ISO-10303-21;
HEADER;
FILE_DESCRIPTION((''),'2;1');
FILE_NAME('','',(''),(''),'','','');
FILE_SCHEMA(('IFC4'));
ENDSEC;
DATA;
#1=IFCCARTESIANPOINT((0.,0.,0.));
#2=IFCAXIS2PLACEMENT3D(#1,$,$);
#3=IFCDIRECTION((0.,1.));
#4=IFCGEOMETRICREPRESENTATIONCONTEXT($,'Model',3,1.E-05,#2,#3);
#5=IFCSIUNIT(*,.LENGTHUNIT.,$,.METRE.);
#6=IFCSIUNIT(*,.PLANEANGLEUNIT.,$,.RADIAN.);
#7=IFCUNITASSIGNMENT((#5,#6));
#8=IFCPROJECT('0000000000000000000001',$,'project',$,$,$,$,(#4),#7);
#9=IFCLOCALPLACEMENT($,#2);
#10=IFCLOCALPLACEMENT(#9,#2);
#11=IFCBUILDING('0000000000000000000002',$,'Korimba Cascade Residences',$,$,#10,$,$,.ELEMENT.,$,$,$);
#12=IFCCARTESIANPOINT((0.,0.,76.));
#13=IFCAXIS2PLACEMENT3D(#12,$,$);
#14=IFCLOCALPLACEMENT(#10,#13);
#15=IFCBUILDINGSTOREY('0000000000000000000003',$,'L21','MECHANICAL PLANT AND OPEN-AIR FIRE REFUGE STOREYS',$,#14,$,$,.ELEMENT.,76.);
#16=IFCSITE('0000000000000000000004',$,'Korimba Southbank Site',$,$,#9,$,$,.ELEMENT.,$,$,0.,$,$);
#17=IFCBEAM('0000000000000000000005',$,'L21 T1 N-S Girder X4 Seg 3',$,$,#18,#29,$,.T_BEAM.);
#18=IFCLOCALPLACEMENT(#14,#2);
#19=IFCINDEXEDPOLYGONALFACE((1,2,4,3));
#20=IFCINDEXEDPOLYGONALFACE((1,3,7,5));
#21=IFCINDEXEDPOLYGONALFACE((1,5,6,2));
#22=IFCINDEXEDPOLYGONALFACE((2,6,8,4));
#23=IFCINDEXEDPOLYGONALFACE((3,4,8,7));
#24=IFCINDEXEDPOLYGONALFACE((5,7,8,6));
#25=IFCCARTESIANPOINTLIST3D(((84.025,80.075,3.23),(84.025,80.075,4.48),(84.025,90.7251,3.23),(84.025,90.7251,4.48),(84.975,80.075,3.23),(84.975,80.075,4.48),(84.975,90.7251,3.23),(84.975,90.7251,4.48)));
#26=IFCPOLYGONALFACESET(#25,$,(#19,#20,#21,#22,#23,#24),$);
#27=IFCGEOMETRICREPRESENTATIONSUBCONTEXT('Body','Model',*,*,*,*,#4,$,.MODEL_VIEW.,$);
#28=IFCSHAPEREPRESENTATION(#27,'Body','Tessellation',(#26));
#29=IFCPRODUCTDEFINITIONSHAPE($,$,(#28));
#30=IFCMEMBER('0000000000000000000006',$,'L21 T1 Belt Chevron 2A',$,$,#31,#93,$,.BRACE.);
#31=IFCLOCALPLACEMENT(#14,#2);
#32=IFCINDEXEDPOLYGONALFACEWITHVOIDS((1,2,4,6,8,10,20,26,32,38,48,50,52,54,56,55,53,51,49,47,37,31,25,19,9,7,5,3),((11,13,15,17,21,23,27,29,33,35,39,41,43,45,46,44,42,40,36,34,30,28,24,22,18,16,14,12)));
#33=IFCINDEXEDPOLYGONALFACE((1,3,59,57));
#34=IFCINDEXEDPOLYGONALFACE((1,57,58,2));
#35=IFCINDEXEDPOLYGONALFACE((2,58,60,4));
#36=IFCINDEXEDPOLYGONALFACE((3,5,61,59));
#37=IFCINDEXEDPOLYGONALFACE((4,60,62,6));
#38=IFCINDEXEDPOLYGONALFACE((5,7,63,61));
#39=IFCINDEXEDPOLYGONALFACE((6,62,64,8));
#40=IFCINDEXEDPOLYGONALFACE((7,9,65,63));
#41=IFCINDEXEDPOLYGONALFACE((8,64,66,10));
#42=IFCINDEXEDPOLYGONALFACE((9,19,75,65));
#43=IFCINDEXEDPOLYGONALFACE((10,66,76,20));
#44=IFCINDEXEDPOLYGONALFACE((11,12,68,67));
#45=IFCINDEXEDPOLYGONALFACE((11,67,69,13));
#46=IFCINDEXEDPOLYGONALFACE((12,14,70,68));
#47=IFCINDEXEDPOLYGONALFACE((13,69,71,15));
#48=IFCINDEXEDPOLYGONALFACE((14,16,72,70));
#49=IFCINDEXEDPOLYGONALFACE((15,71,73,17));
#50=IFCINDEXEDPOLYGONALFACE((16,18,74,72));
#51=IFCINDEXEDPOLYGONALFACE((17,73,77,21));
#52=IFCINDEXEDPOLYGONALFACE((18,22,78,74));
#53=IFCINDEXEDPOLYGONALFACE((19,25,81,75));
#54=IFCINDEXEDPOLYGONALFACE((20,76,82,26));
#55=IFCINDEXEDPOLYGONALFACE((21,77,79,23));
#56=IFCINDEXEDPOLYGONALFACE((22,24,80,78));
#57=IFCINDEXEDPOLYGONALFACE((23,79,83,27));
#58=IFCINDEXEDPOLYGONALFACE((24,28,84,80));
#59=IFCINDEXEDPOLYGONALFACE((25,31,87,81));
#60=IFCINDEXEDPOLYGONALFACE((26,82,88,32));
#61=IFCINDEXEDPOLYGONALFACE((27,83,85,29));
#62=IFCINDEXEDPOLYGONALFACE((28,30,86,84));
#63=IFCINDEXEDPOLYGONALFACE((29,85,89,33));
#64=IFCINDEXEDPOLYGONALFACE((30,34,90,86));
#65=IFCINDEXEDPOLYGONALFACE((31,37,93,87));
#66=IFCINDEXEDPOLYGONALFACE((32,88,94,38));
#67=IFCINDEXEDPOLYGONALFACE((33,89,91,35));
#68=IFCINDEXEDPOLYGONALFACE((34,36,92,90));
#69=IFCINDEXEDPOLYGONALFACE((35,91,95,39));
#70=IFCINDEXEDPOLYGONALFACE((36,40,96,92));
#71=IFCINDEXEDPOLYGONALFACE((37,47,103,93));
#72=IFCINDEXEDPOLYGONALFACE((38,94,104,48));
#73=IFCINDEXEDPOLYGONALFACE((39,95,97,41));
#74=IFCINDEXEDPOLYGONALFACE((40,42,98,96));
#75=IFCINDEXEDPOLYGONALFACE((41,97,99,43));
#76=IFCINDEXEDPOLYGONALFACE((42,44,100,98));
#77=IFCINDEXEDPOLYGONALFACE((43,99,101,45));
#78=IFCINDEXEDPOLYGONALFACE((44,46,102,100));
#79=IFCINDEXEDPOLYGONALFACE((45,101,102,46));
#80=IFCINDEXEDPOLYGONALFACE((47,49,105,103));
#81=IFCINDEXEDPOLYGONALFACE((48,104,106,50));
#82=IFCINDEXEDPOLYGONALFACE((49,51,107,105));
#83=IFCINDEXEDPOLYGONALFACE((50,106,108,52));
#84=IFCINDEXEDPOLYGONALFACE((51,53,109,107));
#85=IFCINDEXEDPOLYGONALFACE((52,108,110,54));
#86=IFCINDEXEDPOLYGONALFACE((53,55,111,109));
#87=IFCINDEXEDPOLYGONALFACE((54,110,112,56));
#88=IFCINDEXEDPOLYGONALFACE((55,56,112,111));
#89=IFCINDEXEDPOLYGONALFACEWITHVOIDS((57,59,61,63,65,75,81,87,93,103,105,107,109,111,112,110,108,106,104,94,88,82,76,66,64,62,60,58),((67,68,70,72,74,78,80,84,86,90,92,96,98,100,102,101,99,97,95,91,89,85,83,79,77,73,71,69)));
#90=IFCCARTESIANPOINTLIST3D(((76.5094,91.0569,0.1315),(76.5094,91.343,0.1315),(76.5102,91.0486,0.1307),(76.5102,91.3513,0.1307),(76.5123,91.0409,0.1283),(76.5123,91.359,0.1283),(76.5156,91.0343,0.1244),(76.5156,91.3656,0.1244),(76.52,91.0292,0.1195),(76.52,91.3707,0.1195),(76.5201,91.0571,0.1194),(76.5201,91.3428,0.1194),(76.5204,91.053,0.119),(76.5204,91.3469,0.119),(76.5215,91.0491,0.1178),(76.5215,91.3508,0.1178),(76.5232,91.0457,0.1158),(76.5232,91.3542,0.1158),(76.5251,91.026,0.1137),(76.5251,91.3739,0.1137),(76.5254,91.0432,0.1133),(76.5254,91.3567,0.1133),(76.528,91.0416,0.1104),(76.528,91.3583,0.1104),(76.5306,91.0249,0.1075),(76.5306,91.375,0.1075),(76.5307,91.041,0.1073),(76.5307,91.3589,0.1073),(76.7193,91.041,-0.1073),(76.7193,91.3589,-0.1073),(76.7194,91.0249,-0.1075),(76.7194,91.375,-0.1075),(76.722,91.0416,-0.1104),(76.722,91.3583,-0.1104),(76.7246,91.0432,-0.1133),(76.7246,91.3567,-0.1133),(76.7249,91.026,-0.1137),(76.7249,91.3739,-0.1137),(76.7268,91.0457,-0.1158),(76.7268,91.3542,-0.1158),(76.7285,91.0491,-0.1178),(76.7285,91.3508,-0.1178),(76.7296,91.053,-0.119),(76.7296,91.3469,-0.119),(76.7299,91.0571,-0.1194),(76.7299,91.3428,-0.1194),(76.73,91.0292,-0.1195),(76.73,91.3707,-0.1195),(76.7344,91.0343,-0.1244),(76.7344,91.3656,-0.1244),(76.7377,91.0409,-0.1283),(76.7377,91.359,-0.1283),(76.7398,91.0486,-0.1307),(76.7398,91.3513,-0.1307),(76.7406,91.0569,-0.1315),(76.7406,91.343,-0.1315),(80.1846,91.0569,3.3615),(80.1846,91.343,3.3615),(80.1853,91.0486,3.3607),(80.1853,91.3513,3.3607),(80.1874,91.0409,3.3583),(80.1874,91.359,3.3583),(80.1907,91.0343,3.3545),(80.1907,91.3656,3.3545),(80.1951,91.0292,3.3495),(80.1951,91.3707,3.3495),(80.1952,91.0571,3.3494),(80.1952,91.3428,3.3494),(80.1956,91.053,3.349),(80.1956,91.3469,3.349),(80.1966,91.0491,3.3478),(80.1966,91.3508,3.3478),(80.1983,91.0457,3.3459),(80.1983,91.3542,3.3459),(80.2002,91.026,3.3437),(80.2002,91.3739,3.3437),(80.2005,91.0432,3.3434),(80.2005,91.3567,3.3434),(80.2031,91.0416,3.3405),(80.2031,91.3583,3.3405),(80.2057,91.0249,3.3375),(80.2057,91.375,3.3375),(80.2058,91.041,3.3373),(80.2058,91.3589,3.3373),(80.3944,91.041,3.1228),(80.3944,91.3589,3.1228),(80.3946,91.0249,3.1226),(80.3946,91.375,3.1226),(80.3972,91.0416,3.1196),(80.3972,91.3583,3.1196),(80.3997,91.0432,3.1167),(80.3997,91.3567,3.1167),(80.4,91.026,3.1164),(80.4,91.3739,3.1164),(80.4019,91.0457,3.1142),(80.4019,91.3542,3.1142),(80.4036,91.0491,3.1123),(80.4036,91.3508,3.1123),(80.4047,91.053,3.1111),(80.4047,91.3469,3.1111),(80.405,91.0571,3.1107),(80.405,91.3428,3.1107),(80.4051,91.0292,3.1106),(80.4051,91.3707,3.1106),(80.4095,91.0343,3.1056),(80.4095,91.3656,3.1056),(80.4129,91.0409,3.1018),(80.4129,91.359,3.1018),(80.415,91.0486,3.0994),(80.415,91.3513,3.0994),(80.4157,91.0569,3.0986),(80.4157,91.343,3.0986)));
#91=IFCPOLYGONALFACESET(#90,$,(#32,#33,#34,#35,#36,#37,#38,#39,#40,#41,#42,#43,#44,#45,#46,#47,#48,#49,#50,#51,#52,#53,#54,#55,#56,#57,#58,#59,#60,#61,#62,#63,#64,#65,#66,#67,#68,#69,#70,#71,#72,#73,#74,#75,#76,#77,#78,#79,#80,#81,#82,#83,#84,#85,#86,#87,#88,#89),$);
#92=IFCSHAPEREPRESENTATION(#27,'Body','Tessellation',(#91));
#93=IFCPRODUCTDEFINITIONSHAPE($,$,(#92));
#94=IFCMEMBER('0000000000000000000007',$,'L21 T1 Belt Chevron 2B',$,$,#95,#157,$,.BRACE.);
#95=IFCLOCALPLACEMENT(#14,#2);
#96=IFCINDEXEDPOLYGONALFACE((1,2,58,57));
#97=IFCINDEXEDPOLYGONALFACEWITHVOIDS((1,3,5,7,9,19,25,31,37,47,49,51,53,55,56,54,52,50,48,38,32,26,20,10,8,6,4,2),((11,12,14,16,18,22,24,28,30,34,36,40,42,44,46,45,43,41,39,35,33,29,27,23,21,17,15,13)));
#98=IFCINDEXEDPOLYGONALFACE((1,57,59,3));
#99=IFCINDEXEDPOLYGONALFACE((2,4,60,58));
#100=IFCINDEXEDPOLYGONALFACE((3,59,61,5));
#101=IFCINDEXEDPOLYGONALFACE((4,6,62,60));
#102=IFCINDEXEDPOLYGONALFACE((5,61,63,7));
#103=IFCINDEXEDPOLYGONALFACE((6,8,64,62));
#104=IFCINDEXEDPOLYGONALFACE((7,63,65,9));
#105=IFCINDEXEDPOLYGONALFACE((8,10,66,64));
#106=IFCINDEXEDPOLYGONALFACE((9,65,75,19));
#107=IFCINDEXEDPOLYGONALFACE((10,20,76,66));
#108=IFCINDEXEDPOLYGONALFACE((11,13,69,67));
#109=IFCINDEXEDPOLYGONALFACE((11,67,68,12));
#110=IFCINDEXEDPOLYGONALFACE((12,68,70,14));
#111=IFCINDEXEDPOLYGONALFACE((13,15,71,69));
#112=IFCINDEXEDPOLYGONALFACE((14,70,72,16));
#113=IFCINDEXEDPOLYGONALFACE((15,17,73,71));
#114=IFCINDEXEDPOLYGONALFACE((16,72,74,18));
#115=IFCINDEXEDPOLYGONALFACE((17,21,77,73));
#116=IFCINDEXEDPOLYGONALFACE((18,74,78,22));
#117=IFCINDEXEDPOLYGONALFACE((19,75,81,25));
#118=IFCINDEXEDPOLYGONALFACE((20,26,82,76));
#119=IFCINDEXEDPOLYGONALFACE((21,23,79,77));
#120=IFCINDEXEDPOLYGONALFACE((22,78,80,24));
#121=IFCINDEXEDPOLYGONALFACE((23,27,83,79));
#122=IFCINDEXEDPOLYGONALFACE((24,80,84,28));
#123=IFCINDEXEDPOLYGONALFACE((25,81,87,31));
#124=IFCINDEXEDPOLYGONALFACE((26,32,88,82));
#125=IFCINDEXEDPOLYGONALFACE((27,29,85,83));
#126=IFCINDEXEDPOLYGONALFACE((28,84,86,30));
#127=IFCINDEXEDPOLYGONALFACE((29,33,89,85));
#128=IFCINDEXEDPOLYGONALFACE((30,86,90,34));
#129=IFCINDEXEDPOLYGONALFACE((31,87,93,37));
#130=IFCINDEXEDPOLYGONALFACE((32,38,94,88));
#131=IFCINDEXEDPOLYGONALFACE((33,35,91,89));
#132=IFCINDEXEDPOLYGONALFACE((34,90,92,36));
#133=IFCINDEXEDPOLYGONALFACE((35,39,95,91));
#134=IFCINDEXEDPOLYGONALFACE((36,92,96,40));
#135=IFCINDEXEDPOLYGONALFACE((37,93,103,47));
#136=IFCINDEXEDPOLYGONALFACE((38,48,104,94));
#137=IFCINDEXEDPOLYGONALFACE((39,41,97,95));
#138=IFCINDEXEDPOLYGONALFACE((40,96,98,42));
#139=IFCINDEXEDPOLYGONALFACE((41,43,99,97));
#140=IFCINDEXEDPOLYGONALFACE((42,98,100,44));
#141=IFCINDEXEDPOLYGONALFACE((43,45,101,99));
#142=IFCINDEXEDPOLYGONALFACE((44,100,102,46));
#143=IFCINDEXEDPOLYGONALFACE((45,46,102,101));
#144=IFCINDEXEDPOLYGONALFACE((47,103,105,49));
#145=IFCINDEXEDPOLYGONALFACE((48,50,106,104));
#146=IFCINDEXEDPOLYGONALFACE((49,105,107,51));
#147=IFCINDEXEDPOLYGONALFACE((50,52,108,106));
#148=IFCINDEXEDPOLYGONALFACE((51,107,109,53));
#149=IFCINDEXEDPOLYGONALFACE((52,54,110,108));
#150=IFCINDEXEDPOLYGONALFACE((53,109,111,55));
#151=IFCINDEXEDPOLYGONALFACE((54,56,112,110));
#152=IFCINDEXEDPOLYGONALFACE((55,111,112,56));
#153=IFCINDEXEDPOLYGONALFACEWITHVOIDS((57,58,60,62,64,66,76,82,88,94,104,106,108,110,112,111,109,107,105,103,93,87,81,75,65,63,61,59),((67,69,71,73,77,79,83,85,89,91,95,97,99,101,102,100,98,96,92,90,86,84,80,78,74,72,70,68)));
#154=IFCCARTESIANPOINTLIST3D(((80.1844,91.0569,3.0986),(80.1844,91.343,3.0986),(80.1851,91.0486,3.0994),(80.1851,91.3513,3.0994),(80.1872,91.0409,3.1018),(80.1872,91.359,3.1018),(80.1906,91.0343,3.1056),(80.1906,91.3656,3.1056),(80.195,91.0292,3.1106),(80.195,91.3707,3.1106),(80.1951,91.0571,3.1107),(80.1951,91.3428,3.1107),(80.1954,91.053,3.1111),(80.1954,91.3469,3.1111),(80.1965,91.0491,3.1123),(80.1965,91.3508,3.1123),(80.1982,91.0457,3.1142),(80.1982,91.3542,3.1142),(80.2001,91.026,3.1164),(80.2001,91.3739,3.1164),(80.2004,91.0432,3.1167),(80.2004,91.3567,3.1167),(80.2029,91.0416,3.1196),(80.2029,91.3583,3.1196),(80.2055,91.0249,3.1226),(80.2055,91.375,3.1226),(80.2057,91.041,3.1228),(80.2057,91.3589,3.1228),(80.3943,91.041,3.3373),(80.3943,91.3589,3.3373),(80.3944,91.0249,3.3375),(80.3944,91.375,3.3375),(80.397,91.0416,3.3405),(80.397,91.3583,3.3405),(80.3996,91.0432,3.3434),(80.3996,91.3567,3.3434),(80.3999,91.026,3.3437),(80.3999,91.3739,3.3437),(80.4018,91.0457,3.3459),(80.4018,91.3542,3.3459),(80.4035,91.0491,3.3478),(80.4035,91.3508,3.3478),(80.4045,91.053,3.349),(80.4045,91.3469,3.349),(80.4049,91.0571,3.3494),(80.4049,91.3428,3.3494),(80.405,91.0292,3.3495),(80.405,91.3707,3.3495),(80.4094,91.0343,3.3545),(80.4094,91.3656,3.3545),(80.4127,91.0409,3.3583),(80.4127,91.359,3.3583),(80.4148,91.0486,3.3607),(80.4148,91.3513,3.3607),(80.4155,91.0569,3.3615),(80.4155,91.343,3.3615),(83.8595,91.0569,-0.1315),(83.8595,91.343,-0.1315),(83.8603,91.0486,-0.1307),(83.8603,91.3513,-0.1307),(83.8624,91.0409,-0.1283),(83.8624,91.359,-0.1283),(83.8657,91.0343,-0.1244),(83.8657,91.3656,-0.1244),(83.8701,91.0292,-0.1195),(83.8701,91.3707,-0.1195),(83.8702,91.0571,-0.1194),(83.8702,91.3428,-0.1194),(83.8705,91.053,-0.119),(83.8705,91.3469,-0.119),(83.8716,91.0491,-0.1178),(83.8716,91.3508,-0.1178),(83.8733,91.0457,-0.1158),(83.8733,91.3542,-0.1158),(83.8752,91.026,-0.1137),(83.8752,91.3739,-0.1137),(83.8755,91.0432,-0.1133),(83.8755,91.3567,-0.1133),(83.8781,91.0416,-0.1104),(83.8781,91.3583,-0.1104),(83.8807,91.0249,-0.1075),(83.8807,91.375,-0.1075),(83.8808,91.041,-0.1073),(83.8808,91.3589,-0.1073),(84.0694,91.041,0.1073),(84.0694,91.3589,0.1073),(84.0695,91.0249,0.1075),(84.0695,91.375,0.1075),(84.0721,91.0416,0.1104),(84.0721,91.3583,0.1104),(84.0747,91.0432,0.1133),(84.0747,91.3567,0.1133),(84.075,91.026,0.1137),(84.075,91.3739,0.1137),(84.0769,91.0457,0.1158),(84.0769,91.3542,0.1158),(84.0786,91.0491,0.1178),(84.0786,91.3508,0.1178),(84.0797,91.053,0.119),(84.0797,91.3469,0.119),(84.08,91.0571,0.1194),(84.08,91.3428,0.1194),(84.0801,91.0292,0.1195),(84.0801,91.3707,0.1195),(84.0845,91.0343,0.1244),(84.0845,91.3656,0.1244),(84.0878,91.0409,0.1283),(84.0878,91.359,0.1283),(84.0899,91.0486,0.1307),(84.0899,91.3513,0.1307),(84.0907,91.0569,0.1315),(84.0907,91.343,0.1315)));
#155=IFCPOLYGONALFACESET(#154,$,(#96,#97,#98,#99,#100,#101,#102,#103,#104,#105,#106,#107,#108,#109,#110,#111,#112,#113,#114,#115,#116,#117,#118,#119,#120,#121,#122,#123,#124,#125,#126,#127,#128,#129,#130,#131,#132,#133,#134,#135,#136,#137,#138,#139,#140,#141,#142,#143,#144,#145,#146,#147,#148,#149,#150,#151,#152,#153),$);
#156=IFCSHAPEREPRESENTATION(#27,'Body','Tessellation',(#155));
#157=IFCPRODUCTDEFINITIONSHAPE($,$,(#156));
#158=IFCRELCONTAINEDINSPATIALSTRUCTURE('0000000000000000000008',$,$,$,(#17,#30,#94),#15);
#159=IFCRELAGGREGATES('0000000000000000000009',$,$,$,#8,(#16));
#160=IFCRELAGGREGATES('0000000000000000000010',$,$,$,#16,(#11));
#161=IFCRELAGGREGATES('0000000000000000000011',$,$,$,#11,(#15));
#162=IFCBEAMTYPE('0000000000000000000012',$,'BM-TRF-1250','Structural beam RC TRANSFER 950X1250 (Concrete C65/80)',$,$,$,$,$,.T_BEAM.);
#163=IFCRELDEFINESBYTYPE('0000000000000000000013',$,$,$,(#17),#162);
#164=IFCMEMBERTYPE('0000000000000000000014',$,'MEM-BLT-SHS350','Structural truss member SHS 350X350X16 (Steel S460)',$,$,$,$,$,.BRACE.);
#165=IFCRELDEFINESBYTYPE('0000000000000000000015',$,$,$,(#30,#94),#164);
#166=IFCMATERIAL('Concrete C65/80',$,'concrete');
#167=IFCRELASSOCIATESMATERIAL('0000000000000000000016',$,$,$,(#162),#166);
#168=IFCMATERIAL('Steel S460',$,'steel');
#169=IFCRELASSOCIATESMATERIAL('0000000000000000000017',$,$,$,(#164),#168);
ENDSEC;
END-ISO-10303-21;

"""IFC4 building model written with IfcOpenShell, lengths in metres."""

from ifc_helpers import new_model, si_unit, direction, frame, origin, origin_2d, place, context, subcontext, project, spatial, rectangle, hollow_rectangle, extrude, material, material_profile, profile_set, type_object, element, save


model = new_model("IFC4")

# Units and contexts
model_context = context("Model", 3, precision=1e-05, world=origin(), true_north=direction((0.0, 1.0)))
body_context = subcontext(model_context, "Body", "Model", "MODEL_VIEW")
ifc_project = project(units=[si_unit("LENGTHUNIT", "METRE"), si_unit("PLANEANGLEUNIT", "RADIAN")], contexts=[model_context])

# Site, building, storey
site_placement = place(None, origin())
site = spatial("IfcSite", under=ifc_project, at=site_placement, Name="Korimba Southbank Site", CompositionType="ELEMENT", RefElevation=0.0)
building_placement = place(site_placement, origin())
building = spatial("IfcBuilding", under=site, at=building_placement, Name="Korimba Cascade Residences", CompositionType="ELEMENT")
storey_placement = place(building_placement, frame((0.0, 0.0, 76.0)))
storey = spatial("IfcBuildingStorey", under=building, at=storey_placement, Name="L21", Description="MECHANICAL PLANT AND OPEN-AIR FIRE REFUGE STOREYS", CompositionType="ELEMENT", Elevation=76.0)

# Beam
ifc_material_1 = material(Name="Concrete C65/80", Category="concrete")
ifc_material_profile_1 = material_profile(ifc_material_1, rectangle(XDim=0.95, YDim=1.25, at=origin_2d()), Name="Concrete C65/80")
ifc_profile_set_1 = profile_set([ifc_material_profile_1], Name="Concrete C65/80")
beam_type_1 = type_object("IfcBeamType", Name="BM-TRF-1250", Description="Structural beam RC TRANSFER 950X1250 (Concrete C65/80)", PredefinedType="T_BEAM", material=ifc_profile_set_1)
beam_1_placement = place(storey_placement, frame((84.5, 80.075, 3.855), z_axis=(0.0, 1.0, 0.0), x_axis=(-1.0, 0.0, 0.0)))
element("IfcBeam", 1, at=beam_1_placement, inside=storey, type_object=beam_type_1, Name="L21 T1 N-S Girder X4 Seg 3", PredefinedType="T_BEAM", context=body_context, shape_type="SweptSolid", body=[
    extrude(rectangle(XDim=0.95, YDim=1.25, at=origin_2d()), origin(), (0.0, 0.0, 1.0), 10.6501),
])

# Members
ifc_material_2 = material(Name="Steel S460", Category="steel")
ifc_material_profile_2 = material_profile(ifc_material_2, hollow_rectangle(XDim=0.3501, YDim=0.3501, WallThickness=0.0161, InnerFilletRadius=0.0161, OuterFilletRadius=0.032, at=origin_2d()), Name="Steel S460")
ifc_profile_set_2 = profile_set([ifc_material_profile_2], Name="Steel S460")
member_type_1 = type_object("IfcMemberType", Name="MEM-BLT-SHS350", Description="Structural truss member SHS 350X350X16 (Steel S460)", PredefinedType="BRACE", material=ifc_profile_set_2)
for number, where, z_axis, x_axis, name in (
    (2, (76.625, 91.2, 0.0), (0.751125, 0.0, 0.66016), (0.0, 1.0, 0.0), "L21 T1 Belt Chevron 2A"),
    (3, (83.9751, 91.2, 0.0), (-0.751125, 0.0, 0.66016), (0.0, -1.0, 0.0), "L21 T1 Belt Chevron 2B"),
):
    element("IfcMember", number, at=place(storey_placement, frame(where, z_axis=z_axis, x_axis=x_axis)), inside=storey, type_object=member_type_1, Name=name, PredefinedType="BRACE", context=body_context, shape_type="SweptSolid", body=[
        extrude(hollow_rectangle(XDim=0.3501, YDim=0.3501, WallThickness=0.0161, InnerFilletRadius=0.0161, OuterFilletRadius=0.032, at=origin_2d()), origin(), (0.0, 0.0, 1.0), 4.8928),
    ])

save(model, "model.ifc")
